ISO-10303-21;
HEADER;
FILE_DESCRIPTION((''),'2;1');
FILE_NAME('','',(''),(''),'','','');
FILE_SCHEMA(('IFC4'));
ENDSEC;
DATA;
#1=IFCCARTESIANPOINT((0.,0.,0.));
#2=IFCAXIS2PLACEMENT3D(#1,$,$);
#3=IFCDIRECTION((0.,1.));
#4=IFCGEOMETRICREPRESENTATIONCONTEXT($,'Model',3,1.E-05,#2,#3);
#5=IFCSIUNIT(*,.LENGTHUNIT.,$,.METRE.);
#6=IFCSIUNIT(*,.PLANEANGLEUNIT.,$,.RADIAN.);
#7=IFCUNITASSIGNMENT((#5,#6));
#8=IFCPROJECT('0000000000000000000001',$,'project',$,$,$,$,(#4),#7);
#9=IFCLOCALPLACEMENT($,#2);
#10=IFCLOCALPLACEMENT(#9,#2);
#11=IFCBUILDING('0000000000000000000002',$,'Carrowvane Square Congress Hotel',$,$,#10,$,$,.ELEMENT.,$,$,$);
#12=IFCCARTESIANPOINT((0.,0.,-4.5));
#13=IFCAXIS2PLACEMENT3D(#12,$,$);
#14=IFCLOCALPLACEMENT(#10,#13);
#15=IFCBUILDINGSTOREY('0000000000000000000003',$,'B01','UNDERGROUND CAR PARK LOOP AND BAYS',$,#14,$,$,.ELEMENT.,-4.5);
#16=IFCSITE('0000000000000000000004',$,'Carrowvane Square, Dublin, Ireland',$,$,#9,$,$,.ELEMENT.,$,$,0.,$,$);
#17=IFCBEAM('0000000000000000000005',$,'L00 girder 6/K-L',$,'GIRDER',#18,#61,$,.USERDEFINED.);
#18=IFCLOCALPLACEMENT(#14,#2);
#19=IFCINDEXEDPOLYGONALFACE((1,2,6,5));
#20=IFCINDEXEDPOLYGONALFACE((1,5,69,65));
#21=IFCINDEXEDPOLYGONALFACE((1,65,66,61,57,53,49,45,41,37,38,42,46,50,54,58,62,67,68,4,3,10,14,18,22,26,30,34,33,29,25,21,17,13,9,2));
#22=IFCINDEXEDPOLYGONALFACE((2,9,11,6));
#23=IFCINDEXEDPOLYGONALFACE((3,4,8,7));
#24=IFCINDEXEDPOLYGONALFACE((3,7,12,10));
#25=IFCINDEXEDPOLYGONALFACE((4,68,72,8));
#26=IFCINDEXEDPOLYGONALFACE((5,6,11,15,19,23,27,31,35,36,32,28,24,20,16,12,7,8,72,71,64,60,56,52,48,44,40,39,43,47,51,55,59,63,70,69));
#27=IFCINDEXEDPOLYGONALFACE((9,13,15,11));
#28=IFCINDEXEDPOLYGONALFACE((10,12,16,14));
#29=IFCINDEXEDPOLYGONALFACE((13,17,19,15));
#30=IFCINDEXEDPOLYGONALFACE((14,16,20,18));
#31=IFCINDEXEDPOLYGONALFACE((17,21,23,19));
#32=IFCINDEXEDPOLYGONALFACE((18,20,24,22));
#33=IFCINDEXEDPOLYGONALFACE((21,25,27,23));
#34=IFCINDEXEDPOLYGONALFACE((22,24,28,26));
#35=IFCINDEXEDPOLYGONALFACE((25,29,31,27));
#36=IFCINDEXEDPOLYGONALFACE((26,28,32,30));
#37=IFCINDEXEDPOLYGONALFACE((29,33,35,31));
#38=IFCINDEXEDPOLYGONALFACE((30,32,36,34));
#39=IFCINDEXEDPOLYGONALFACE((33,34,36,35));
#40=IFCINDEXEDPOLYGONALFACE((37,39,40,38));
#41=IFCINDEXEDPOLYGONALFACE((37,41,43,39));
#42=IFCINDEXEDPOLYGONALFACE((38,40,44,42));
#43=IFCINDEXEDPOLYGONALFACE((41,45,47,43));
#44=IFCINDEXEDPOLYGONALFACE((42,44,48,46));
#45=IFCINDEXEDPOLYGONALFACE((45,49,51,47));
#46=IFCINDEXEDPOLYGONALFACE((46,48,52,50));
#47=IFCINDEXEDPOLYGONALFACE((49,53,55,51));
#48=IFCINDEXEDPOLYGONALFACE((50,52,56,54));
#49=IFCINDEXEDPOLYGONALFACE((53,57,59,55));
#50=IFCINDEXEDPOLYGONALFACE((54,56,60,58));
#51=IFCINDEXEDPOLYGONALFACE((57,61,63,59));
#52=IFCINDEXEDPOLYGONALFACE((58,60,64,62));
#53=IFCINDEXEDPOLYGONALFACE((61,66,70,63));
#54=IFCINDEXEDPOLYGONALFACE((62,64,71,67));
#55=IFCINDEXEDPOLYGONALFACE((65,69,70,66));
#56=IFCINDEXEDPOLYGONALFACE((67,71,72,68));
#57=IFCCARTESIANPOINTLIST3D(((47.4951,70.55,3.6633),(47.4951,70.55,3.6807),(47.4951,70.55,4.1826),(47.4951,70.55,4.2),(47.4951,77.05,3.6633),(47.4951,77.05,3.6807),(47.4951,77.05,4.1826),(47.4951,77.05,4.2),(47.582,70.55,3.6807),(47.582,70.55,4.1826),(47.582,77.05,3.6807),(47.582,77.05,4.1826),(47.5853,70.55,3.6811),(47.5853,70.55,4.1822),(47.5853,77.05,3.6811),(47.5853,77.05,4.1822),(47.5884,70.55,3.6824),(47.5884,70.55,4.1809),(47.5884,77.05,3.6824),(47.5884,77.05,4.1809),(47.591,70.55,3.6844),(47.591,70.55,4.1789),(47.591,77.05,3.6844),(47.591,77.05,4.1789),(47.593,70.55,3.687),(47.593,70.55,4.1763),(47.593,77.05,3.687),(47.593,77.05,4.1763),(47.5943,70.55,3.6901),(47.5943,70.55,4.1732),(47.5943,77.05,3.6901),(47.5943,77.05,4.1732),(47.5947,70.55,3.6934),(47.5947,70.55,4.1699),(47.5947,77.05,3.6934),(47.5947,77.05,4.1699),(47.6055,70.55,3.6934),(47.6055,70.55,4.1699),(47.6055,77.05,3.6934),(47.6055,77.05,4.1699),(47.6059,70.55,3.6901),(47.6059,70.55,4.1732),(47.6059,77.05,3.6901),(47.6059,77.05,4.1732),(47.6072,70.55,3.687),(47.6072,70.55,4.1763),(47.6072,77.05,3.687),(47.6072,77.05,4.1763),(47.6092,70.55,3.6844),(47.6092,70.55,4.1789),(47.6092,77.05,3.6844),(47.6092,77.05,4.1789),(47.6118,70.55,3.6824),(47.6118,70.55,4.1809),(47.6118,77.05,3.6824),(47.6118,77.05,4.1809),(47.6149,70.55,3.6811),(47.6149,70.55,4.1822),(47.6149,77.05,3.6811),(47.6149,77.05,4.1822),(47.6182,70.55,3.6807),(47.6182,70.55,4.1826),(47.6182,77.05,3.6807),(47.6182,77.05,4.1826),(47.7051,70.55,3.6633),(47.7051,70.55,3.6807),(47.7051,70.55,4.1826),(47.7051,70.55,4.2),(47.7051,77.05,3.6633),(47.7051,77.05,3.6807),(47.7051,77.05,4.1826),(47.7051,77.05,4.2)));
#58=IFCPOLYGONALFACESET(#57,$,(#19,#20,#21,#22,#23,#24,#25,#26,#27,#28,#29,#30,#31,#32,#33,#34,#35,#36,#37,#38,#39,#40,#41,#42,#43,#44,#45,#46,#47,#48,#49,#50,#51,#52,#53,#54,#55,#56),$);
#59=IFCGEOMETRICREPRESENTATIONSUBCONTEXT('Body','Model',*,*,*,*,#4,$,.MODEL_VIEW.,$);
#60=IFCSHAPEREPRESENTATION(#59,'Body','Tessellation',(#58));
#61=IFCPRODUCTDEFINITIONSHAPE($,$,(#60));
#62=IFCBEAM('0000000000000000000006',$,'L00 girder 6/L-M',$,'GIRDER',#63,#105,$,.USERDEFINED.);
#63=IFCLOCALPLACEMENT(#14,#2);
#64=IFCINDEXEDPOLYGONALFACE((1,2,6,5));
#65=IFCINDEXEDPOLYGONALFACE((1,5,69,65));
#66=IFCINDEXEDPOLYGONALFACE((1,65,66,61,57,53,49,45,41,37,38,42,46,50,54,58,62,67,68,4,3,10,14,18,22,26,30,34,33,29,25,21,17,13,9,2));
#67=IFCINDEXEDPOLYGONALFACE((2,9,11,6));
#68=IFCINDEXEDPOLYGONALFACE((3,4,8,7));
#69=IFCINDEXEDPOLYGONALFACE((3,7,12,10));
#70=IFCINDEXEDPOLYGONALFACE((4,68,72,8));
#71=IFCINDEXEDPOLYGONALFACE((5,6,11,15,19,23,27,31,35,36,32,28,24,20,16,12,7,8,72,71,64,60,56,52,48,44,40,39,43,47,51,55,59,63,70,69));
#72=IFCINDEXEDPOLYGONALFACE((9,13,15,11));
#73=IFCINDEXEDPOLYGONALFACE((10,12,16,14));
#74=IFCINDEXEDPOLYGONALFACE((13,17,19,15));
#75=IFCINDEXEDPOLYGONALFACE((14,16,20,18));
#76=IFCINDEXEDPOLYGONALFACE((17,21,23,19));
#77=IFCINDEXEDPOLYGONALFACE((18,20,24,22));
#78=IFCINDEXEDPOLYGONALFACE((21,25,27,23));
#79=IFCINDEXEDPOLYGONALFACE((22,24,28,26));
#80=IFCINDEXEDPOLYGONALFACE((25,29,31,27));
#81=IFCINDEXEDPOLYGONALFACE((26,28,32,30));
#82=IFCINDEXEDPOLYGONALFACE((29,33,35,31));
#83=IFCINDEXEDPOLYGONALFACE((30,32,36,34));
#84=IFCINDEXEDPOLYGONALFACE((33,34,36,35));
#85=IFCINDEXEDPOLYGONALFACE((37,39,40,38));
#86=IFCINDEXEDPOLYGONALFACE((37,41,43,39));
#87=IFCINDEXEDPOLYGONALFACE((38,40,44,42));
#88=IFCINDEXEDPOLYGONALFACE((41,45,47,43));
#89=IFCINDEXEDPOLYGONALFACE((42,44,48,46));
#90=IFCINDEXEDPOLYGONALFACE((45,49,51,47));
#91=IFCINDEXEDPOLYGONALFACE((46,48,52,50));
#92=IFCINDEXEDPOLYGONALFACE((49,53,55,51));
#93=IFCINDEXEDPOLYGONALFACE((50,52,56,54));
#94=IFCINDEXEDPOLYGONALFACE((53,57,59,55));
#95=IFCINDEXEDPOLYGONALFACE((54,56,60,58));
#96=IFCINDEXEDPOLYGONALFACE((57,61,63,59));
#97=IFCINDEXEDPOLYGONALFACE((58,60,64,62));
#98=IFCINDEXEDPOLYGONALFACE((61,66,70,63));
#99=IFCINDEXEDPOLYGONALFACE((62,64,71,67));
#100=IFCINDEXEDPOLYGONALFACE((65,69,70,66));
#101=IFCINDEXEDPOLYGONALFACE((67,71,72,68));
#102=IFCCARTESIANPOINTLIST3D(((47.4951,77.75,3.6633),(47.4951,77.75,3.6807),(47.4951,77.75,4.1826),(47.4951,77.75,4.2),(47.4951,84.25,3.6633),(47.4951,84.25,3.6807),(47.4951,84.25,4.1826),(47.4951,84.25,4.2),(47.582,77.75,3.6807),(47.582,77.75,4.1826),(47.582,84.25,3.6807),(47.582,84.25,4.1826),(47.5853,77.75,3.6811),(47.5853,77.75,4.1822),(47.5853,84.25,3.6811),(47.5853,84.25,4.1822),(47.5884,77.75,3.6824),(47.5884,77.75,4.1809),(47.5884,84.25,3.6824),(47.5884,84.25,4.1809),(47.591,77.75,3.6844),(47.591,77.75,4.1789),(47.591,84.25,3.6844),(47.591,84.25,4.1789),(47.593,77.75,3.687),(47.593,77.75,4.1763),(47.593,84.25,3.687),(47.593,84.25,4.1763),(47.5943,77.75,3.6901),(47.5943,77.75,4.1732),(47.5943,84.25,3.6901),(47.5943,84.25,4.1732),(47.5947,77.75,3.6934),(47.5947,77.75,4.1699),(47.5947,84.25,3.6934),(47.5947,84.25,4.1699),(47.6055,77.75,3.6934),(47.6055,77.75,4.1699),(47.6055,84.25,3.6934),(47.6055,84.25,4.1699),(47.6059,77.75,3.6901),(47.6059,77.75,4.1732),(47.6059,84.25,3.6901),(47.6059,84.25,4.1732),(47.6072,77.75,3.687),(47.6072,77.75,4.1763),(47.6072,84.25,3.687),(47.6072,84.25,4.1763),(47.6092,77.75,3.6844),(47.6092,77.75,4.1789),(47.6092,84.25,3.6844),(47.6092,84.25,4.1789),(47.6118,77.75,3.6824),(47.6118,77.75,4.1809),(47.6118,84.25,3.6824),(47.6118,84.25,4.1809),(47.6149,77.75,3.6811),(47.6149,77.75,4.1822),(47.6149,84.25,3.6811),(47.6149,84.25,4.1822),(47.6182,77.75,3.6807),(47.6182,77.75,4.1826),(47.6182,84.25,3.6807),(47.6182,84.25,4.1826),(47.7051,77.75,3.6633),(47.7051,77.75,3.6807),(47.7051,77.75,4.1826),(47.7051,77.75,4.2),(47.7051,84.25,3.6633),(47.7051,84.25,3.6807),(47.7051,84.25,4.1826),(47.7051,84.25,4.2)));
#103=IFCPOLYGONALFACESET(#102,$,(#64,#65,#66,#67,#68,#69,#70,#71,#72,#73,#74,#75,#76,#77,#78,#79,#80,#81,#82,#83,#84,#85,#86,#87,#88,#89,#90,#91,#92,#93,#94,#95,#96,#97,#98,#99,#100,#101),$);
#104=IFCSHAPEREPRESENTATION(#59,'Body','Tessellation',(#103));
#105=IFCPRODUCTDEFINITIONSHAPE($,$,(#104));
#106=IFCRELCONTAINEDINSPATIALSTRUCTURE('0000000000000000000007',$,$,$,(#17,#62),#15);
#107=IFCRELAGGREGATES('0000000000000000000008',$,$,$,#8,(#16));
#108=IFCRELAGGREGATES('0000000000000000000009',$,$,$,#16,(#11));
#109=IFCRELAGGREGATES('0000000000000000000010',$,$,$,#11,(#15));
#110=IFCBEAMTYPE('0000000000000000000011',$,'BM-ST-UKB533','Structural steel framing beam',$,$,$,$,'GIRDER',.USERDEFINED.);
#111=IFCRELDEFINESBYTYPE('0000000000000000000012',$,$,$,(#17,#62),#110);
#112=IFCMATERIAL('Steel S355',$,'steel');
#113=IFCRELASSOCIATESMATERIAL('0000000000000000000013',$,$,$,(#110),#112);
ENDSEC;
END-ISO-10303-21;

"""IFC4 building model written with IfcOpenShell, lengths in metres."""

from ifc_helpers import new_model, si_unit, direction, frame, origin, origin_2d, place, context, subcontext, project, spatial, i_section, extrude, material, material_profile, profile_set, type_object, element, save


model = new_model("IFC4")

# Units and contexts
model_context = context("Model", 3, precision=1e-05, world=origin(), true_north=direction((0.0, 1.0)))
body_context = subcontext(model_context, "Body", "Model", "MODEL_VIEW")
ifc_project = project(units=[si_unit("LENGTHUNIT", "METRE"), si_unit("PLANEANGLEUNIT", "RADIAN")], contexts=[model_context])

# Site, building, storey
site_placement = place(None, origin())
site = spatial("IfcSite", under=ifc_project, at=site_placement, Name="Carrowvane Square, Dublin, Ireland", CompositionType="ELEMENT", RefElevation=0.0)
building_placement = place(site_placement, origin())
building = spatial("IfcBuilding", under=site, at=building_placement, Name="Carrowvane Square Congress Hotel", CompositionType="ELEMENT")
storey_placement = place(building_placement, frame((0.0, 0.0, -4.5)))
storey = spatial("IfcBuildingStorey", under=building, at=storey_placement, Name="B01", Description="UNDERGROUND CAR PARK LOOP AND BAYS", CompositionType="ELEMENT", Elevation=-4.5)

# Beams
ifc_material_1 = material(Name="Steel S355", Category="steel")
ifc_material_profile_1 = material_profile(ifc_material_1, i_section(OverallWidth=0.21, OverallDepth=0.5366, WebThickness=0.0107, FlangeThickness=0.0173, FilletRadius=0.0127, at=origin_2d()), Name="UKB 533x210x101")
ifc_profile_set_1 = profile_set([ifc_material_profile_1], Name="Steel S355")
beam_type_1 = type_object("IfcBeamType", Name="BM-ST-UKB533", Description="Structural steel framing beam", ElementType="GIRDER", PredefinedType="USERDEFINED", material=ifc_profile_set_1)
for number, where, z_axis, x_axis, name in (
    (1, (47.6001, 70.55, 3.9316), (0.0, 1.0, 0.0), (-1.0, 0.0, 0.0), "L00 girder 6/K-L"),
    (2, (47.6001, 77.75, 3.9316), (0.0, 1.0, 0.0), (-1.0, 0.0, 0.0), "L00 girder 6/L-M"),
):
    element("IfcBeam", number, at=place(storey_placement, frame(where, z_axis=z_axis, x_axis=x_axis)), inside=storey, type_object=beam_type_1, Name=name, ObjectType="GIRDER", PredefinedType="USERDEFINED", context=body_context, shape_type="SweptSolid", body=[
        extrude(i_section(OverallWidth=0.21, OverallDepth=0.5366, WebThickness=0.0107, FlangeThickness=0.0173, FilletRadius=0.0127, at=origin_2d()), origin(), (0.0, 0.0, 1.0), 6.5),
    ])

save(model, "model.ifc")
